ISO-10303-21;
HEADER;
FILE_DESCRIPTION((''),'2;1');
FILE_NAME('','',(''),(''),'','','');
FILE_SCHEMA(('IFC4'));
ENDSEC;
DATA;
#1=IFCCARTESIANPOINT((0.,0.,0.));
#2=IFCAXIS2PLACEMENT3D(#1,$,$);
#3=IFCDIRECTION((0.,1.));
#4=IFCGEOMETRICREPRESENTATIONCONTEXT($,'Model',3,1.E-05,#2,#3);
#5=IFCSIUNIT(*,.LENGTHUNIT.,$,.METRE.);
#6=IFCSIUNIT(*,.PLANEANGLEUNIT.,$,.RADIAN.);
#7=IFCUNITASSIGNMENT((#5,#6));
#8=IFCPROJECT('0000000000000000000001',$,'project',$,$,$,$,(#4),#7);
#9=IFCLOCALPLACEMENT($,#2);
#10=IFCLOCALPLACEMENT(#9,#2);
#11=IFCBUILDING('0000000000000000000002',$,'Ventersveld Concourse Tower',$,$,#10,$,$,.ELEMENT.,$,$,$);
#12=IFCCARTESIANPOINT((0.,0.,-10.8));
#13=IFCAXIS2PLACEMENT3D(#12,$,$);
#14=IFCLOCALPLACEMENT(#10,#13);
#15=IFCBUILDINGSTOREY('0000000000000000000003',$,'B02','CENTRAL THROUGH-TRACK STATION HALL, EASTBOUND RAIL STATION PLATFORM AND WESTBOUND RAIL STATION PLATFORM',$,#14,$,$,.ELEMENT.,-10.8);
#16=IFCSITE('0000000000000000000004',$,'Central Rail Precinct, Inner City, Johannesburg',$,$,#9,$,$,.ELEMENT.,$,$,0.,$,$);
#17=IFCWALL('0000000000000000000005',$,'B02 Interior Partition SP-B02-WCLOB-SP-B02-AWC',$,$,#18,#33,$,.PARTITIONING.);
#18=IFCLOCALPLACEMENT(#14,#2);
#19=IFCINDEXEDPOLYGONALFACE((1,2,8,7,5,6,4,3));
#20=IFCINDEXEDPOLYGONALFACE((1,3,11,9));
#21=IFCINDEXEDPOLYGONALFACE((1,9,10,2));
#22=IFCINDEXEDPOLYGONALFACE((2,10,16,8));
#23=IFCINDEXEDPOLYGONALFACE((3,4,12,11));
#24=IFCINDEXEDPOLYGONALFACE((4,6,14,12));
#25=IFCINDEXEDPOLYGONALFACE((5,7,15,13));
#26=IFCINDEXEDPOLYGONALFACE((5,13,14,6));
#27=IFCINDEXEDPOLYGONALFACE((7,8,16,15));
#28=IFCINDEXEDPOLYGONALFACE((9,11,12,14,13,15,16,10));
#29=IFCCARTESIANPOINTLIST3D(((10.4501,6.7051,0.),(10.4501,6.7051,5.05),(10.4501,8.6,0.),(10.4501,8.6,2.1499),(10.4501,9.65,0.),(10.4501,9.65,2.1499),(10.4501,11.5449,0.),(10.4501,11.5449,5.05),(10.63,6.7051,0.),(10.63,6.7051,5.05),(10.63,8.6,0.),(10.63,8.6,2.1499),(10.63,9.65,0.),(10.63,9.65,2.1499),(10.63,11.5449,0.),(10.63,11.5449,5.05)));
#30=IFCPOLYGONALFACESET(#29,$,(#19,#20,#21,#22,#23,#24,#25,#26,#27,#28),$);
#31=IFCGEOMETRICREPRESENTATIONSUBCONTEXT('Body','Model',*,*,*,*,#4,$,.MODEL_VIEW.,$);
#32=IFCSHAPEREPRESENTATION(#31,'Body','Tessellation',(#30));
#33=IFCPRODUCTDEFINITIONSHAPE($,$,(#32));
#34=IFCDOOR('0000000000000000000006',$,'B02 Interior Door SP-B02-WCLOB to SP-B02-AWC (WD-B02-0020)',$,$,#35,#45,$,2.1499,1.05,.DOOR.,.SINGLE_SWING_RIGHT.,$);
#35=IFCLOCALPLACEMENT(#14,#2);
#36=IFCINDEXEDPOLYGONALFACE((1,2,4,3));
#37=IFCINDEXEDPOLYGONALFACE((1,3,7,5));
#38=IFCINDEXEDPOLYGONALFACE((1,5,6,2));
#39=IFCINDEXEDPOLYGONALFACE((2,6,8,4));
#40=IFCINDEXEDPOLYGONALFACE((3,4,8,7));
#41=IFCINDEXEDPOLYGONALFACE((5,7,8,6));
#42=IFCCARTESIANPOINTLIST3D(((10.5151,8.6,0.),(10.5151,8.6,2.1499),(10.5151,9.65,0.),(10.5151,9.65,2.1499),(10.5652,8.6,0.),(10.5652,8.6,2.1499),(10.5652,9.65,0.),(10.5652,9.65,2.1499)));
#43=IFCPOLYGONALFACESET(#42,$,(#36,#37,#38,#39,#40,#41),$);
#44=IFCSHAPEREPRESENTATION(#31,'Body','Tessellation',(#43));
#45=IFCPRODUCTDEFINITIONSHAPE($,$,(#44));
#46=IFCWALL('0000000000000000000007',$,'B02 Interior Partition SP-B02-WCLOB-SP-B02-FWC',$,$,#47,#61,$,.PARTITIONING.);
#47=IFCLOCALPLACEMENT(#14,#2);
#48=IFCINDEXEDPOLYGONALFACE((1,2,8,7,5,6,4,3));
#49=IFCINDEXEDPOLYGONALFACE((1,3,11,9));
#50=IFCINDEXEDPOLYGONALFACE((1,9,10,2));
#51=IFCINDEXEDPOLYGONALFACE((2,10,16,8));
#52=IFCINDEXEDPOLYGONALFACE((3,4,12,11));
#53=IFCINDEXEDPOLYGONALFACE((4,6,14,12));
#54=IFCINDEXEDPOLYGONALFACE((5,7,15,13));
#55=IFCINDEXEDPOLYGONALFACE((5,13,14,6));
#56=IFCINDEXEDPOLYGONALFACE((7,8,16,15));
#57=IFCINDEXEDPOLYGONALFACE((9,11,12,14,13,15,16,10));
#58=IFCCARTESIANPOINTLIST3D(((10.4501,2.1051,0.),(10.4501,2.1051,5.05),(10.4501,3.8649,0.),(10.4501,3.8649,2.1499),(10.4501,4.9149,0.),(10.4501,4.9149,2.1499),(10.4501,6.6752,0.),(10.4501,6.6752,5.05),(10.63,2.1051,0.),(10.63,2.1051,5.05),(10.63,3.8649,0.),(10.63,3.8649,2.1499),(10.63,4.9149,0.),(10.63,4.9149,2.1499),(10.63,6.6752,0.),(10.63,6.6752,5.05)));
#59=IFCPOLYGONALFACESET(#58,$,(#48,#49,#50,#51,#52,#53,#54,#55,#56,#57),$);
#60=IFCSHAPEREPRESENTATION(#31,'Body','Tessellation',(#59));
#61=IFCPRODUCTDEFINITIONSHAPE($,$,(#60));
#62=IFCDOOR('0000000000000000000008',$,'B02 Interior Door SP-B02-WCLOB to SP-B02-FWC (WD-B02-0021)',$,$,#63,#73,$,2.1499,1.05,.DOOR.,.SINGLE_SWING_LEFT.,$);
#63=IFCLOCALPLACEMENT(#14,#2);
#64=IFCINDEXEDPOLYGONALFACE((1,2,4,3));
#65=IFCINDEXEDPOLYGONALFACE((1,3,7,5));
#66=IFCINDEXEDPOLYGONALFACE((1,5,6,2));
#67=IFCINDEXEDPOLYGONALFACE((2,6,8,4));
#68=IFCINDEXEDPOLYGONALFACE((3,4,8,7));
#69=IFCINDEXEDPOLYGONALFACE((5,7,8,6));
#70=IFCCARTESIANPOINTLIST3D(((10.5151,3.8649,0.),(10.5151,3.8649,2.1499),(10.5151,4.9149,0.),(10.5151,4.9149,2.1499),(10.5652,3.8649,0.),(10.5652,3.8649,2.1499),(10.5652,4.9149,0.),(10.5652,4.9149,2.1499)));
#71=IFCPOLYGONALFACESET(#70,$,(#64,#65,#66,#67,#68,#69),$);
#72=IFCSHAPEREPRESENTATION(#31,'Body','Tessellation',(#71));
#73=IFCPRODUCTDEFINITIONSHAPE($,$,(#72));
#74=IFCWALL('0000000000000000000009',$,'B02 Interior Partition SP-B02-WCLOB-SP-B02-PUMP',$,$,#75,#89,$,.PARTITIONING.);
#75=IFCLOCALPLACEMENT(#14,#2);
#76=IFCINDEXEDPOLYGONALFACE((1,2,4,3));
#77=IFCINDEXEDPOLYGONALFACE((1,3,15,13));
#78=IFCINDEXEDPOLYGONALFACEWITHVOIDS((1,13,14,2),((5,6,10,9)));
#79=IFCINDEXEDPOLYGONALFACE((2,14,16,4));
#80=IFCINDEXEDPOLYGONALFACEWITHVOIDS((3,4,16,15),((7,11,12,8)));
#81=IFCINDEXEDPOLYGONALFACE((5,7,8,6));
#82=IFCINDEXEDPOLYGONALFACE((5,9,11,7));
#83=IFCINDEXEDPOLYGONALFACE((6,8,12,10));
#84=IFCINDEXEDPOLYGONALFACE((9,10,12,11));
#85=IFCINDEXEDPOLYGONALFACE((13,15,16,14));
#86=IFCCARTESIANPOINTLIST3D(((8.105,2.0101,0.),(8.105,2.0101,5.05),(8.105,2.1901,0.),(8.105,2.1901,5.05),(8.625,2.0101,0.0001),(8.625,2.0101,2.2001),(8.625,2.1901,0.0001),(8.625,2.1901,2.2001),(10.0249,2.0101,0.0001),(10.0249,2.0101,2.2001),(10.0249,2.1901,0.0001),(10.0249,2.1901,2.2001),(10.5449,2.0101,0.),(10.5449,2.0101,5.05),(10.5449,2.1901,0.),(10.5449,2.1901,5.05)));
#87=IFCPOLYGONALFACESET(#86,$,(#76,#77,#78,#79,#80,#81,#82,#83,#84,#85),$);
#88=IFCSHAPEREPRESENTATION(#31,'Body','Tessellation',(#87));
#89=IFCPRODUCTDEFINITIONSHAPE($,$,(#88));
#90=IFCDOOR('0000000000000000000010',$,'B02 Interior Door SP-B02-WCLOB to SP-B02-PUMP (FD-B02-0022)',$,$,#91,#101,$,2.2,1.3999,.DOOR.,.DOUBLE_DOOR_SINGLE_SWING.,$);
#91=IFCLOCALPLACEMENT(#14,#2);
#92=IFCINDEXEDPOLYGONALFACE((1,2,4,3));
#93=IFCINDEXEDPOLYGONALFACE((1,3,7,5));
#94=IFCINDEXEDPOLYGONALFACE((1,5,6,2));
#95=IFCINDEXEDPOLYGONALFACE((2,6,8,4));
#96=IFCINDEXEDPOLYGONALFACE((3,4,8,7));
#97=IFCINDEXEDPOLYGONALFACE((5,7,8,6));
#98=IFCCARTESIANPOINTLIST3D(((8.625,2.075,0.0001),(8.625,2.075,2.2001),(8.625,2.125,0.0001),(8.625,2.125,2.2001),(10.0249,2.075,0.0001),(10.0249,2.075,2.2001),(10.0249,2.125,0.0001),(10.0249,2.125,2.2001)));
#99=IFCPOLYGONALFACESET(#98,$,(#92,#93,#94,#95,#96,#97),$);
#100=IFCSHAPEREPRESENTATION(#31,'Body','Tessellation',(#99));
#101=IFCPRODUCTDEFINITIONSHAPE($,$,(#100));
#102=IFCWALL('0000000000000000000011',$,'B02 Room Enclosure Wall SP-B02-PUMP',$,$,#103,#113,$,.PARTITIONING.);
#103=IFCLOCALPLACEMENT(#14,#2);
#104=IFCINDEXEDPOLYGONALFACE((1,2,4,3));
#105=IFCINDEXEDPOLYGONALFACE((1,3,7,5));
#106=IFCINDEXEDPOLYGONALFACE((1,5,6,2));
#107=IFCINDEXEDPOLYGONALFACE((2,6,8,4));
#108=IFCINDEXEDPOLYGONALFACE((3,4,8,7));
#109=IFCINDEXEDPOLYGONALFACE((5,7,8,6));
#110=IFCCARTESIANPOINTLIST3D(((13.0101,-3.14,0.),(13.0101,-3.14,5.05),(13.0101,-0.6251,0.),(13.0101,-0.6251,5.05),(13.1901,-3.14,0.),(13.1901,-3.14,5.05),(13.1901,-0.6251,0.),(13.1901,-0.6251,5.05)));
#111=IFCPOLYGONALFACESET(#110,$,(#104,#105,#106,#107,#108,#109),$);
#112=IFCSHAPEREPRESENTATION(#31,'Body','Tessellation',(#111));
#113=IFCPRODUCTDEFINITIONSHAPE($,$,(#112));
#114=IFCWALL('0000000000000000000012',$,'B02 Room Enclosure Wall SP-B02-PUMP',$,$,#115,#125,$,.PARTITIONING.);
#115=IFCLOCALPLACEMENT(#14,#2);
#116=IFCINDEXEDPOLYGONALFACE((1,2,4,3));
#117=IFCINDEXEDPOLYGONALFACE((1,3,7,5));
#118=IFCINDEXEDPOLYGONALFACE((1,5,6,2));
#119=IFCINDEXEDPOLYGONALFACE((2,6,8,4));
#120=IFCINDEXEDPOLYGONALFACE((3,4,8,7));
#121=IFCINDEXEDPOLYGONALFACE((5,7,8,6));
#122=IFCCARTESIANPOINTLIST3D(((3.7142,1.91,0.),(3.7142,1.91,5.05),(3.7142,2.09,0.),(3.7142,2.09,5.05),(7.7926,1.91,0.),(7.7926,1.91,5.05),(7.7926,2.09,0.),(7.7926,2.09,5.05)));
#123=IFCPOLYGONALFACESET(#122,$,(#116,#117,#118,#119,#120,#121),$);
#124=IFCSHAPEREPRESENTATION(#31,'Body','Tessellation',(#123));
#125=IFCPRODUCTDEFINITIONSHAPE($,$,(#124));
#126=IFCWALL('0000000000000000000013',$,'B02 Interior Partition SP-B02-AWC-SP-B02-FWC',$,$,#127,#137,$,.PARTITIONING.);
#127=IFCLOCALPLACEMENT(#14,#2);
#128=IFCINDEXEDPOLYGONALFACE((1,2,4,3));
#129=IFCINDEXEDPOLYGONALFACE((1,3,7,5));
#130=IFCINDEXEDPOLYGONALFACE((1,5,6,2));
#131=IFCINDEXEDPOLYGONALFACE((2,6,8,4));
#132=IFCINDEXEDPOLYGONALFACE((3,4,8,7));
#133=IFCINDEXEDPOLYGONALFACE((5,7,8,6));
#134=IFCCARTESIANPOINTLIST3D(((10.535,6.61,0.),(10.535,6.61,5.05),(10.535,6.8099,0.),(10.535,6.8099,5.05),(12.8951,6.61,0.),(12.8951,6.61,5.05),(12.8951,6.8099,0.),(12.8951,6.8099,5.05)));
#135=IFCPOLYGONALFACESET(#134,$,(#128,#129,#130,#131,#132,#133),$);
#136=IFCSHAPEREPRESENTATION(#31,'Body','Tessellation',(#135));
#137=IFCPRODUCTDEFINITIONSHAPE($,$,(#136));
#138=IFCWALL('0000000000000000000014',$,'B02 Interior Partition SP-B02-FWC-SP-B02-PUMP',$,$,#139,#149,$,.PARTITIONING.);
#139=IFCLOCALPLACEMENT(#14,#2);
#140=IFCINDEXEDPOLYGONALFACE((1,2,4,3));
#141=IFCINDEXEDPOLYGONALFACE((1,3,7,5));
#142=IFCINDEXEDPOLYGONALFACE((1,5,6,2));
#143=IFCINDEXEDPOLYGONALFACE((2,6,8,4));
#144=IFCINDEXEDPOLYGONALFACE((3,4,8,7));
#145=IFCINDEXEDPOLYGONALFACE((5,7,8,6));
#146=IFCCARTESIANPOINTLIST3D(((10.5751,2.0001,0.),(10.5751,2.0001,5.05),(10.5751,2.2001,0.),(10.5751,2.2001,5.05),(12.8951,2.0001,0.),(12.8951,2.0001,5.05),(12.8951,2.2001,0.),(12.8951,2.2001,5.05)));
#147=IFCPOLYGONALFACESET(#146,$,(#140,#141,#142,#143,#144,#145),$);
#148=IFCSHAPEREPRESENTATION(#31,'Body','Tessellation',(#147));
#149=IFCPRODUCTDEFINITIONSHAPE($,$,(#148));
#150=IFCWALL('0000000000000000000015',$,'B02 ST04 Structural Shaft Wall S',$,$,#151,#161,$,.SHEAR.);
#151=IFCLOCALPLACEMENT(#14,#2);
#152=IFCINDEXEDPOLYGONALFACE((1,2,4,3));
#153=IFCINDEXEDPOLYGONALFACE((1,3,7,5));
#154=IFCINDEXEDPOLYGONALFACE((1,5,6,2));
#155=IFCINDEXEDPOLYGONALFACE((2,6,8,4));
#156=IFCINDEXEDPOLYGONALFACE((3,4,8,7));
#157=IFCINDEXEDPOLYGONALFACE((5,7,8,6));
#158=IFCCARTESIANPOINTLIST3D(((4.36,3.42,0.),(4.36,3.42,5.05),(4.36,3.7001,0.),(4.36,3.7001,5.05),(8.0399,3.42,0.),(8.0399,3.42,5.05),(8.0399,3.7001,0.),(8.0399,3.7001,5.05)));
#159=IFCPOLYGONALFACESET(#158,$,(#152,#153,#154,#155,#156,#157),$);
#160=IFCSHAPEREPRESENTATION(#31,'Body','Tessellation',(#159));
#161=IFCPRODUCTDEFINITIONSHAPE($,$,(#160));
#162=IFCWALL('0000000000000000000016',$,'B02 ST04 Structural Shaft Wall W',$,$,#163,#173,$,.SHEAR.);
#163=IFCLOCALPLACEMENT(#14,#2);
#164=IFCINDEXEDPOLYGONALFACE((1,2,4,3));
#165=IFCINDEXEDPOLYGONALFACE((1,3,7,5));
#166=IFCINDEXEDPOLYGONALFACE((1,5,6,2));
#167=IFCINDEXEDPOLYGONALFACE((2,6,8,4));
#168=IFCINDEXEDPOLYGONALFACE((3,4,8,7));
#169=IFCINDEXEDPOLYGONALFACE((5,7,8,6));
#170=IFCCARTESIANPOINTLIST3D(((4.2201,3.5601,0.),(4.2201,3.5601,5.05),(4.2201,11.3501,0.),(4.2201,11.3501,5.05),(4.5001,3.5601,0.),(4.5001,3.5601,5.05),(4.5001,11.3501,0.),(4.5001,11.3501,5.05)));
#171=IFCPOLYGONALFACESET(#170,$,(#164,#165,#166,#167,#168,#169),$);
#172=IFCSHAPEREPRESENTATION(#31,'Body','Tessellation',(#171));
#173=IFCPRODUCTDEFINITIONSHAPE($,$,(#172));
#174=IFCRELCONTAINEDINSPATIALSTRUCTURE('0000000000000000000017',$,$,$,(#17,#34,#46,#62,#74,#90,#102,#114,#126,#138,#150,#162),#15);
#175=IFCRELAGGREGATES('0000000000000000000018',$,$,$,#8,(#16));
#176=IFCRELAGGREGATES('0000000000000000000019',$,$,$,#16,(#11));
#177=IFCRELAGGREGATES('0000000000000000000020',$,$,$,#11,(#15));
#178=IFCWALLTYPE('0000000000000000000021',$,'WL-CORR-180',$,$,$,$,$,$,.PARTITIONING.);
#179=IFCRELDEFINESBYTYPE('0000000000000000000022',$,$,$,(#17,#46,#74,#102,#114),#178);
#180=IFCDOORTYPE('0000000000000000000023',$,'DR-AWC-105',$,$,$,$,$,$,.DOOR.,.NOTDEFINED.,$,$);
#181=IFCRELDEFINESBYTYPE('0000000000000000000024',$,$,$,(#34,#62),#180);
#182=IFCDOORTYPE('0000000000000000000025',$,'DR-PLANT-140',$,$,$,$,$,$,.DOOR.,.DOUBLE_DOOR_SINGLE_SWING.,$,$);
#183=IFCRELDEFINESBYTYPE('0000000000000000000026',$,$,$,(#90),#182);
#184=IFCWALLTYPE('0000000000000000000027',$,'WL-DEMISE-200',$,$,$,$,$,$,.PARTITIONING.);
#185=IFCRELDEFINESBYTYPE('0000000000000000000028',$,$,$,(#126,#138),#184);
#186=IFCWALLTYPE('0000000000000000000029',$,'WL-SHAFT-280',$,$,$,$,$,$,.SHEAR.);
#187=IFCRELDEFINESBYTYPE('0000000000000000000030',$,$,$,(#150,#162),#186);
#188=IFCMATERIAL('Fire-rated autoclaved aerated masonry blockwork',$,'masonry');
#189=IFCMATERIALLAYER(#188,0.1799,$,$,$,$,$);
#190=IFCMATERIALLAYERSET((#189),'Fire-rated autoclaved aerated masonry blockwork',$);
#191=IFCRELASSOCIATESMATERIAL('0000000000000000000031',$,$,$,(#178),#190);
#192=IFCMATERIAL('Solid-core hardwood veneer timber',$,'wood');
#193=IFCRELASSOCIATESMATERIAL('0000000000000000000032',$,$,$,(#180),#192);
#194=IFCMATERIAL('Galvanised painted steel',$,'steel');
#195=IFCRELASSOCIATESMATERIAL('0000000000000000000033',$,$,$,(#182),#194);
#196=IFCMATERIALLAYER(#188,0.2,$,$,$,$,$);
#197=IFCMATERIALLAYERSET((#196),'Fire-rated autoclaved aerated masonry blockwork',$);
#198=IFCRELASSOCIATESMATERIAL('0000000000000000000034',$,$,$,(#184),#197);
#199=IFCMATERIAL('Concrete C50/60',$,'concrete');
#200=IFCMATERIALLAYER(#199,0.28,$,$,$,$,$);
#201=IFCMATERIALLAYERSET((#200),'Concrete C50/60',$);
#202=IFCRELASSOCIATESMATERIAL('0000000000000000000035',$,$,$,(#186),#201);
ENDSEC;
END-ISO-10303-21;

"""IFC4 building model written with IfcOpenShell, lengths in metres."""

from ifc_helpers import new_model, si_unit, direction, frame, frame_2d, origin, place, context, subcontext, project, spatial, rectangle, extrude, material, layer, layer_set, type_object, element, fill, save


model = new_model("IFC4")

# Units and contexts
model_context = context("Model", 3, precision=1e-05, world=origin(), true_north=direction((0.0, 1.0)))
body_context = subcontext(model_context, "Body", "Model", "MODEL_VIEW")
ifc_project = project(units=[si_unit("LENGTHUNIT", "METRE"), si_unit("PLANEANGLEUNIT", "RADIAN")], contexts=[model_context])

# Site, building, storey
site_placement = place(None, origin())
site = spatial("IfcSite", under=ifc_project, at=site_placement, Name="Central Rail Precinct, Inner City, Johannesburg", CompositionType="ELEMENT", RefElevation=0.0)
building_placement = place(site_placement, origin())
building = spatial("IfcBuilding", under=site, at=building_placement, Name="Ventersveld Concourse Tower", CompositionType="ELEMENT")
storey_placement = place(building_placement, frame((0.0, 0.0, -10.8)))
storey = spatial("IfcBuildingStorey", under=building, at=storey_placement, Name="B02", Description="CENTRAL THROUGH-TRACK STATION HALL, EASTBOUND RAIL STATION PLATFORM AND WESTBOUND RAIL STATION PLATFORM", CompositionType="ELEMENT", Elevation=-10.8)

# Shared definitions
ifc_material_1 = material(Name="Concrete C50/60", Category="concrete")

# Walls, openings, doors
ifc_material_2 = material(Name="Fire-rated autoclaved aerated masonry blockwork", Category="masonry")
ifc_layer_1 = layer(ifc_material_2, 0.1799)
ifc_layer_set_1 = layer_set([ifc_layer_1], Name="Fire-rated autoclaved aerated masonry blockwork")
wall_type_1 = type_object("IfcWallType", Name="WL-CORR-180", PredefinedType="PARTITIONING", material=ifc_layer_set_1)
wall_1_placement = place(storey_placement, frame((10.54, 6.7051, 0.0), z_axis=(0.0, 0.0, 1.0), x_axis=(0.0, 1.0, 0.0)))
wall_1 = element("IfcWall", 1, at=wall_1_placement, inside=storey, type_object=wall_type_1, Name="B02 Interior Partition SP-B02-WCLOB-SP-B02-AWC", PredefinedType="PARTITIONING", context=body_context, shape_type="SweptSolid", body=[
    extrude(rectangle(XDim=4.8398, YDim=0.1799, at=frame_2d((2.4199, 0.0))), origin(), (0.0, 0.0, 1.0), 5.05),
])
opening_1_placement = place(wall_1_placement, frame((1.895, 0.0, 0.0)))
opening_1 = element("IfcOpeningElement", 2, at=opening_1_placement, cuts=wall_1, PredefinedType="OPENING", context=body_context, shape_type="SweptSolid", body=[
    extrude(rectangle(XDim=1.05, YDim=2.1499, at=frame_2d((0.5249, 1.075))), frame((0.0, 0.1001, 0.0), z_axis=(0.0, -1.0, 0.0), x_axis=(1.0, 0.0, 0.0)), (0.0, 0.0, 1.0), 0.2),
])
ifc_material_3 = material(Name="Solid-core hardwood veneer timber", Category="wood")
door_type_1 = type_object("IfcDoorType", Name="DR-AWC-105", OperationType="NOTDEFINED", PredefinedType="DOOR", material=ifc_material_3)
door_1_placement = place(opening_1_placement, origin())
door_1 = element("IfcDoor", 3, at=door_1_placement, inside=storey, type_object=door_type_1, Name="B02 Interior Door SP-B02-WCLOB to SP-B02-AWC (WD-B02-0020)", OperationType="SINGLE_SWING_RIGHT", OverallHeight=2.1499, OverallWidth=1.05, PredefinedType="DOOR", context=body_context, shape_type="SweptSolid", body=[
    extrude(rectangle(XDim=1.05, YDim=2.1499, at=frame_2d((0.5249, 1.075))), frame((0.0, 0.0249, 0.0), z_axis=(0.0, -1.0, 0.0), x_axis=(1.0, 0.0, 0.0)), (0.0, 0.0, 1.0), 0.05),
])
fill(opening_1, door_1)
wall_2_placement = place(storey_placement, frame((10.54, 2.105, 0.0), z_axis=(0.0, 0.0, 1.0), x_axis=(0.0, 1.0, 0.0)))
wall_2 = element("IfcWall", 4, at=wall_2_placement, inside=storey, type_object=wall_type_1, Name="B02 Interior Partition SP-B02-WCLOB-SP-B02-FWC", PredefinedType="PARTITIONING", context=body_context, shape_type="SweptSolid", body=[
    extrude(rectangle(XDim=4.5701, YDim=0.1799, at=frame_2d((2.2852, 0.0))), origin(), (0.0, 0.0, 1.0), 5.05),
])
opening_2_placement = place(wall_2_placement, frame((1.76, 0.0, 0.0)))
opening_2 = element("IfcOpeningElement", 5, at=opening_2_placement, cuts=wall_2, PredefinedType="OPENING", context=body_context, shape_type="SweptSolid", body=[
    extrude(rectangle(XDim=1.05, YDim=2.1499, at=frame_2d((0.5249, 1.075))), frame((0.0, 0.1001, 0.0), z_axis=(0.0, -1.0, 0.0), x_axis=(1.0, 0.0, 0.0)), (0.0, 0.0, 1.0), 0.2),
])
door_2_placement = place(opening_2_placement, origin())
door_2 = element("IfcDoor", 6, at=door_2_placement, inside=storey, type_object=door_type_1, Name="B02 Interior Door SP-B02-WCLOB to SP-B02-FWC (WD-B02-0021)", OperationType="SINGLE_SWING_LEFT", OverallHeight=2.1499, OverallWidth=1.05, PredefinedType="DOOR", context=body_context, shape_type="SweptSolid", body=[
    extrude(rectangle(XDim=1.05, YDim=2.1499, at=frame_2d((0.5249, 1.075))), frame((0.0, 0.0249, 0.0), z_axis=(0.0, -1.0, 0.0), x_axis=(1.0, 0.0, 0.0)), (0.0, 0.0, 1.0), 0.05),
])
fill(opening_2, door_2)
wall_3_placement = place(storey_placement, frame((8.105, 2.1001, 0.0), z_axis=(0.0, 0.0, 1.0), x_axis=(1.0, 0.0, 0.0)))
wall_3 = element("IfcWall", 7, at=wall_3_placement, inside=storey, type_object=wall_type_1, Name="B02 Interior Partition SP-B02-WCLOB-SP-B02-PUMP", PredefinedType="PARTITIONING", context=body_context, shape_type="SweptSolid", body=[
    extrude(rectangle(XDim=2.4399, YDim=0.1799, at=frame_2d((1.22, 0.0))), origin(), (0.0, 0.0, 1.0), 5.05),
])
opening_3_placement = place(wall_3_placement, frame((0.52, 0.0, 0.0)))
opening_3 = element("IfcOpeningElement", 8, at=opening_3_placement, cuts=wall_3, PredefinedType="OPENING", context=body_context, shape_type="SweptSolid", body=[
    extrude(rectangle(XDim=1.3999, YDim=2.2, at=frame_2d((0.7, 1.1001))), frame((0.0, 0.1001, 0.0), z_axis=(0.0, -1.0, 0.0), x_axis=(1.0, 0.0, 0.0)), (0.0, 0.0, 1.0), 0.2),
])
ifc_material_4 = material(Name="Galvanised painted steel", Category="steel")
door_type_2 = type_object("IfcDoorType", Name="DR-PLANT-140", OperationType="DOUBLE_DOOR_SINGLE_SWING", PredefinedType="DOOR", material=ifc_material_4)
door_3_placement = place(opening_3_placement, origin())
door_3 = element("IfcDoor", 9, at=door_3_placement, inside=storey, type_object=door_type_2, Name="B02 Interior Door SP-B02-WCLOB to SP-B02-PUMP (FD-B02-0022)", OperationType="DOUBLE_DOOR_SINGLE_SWING", OverallHeight=2.2, OverallWidth=1.3999, PredefinedType="DOOR", context=body_context, shape_type="SweptSolid", body=[
    extrude(rectangle(XDim=1.3999, YDim=2.2, at=frame_2d((0.7, 1.1001))), frame((0.0, 0.0249, 0.0), z_axis=(0.0, -1.0, 0.0), x_axis=(1.0, 0.0, 0.0)), (0.0, 0.0, 1.0), 0.05),
])
fill(opening_3, door_3)

# Walls
wall_4_placement = place(storey_placement, frame((13.1001, -3.1399, 0.0), z_axis=(0.0, 0.0, 1.0), x_axis=(0.0, 1.0, 0.0)))
element("IfcWall", 10, at=wall_4_placement, inside=storey, type_object=wall_type_1, Name="B02 Room Enclosure Wall SP-B02-PUMP", PredefinedType="PARTITIONING", context=body_context, shape_type="SweptSolid", body=[
    extrude(rectangle(XDim=2.5149, YDim=0.1799, at=frame_2d((1.2573, 0.0))), origin(), (0.0, 0.0, 1.0), 5.05),
])
wall_5_placement = place(storey_placement, frame((7.7925, 2.0, 0.0), z_axis=(0.0, 0.0, 1.0), x_axis=(-1.0, 0.0, 0.0)))
element("IfcWall", 11, at=wall_5_placement, inside=storey, type_object=wall_type_1, Name="B02 Room Enclosure Wall SP-B02-PUMP", PredefinedType="PARTITIONING", context=body_context, shape_type="SweptSolid", body=[
    extrude(rectangle(XDim=4.0784, YDim=0.1799, at=frame_2d((2.0391, 0.0))), origin(), (0.0, 0.0, 1.0), 5.05),
])
ifc_layer_2 = layer(ifc_material_2, 0.2)
ifc_layer_set_2 = layer_set([ifc_layer_2], Name="Fire-rated autoclaved aerated masonry blockwork")
wall_type_2 = type_object("IfcWallType", Name="WL-DEMISE-200", PredefinedType="PARTITIONING", material=ifc_layer_set_2)
wall_6_placement = place(storey_placement, frame((10.5349, 6.71, 0.0), z_axis=(0.0, 0.0, 1.0), x_axis=(1.0, 0.0, 0.0)))
element("IfcWall", 12, at=wall_6_placement, inside=storey, type_object=wall_type_2, Name="B02 Interior Partition SP-B02-AWC-SP-B02-FWC", PredefinedType="PARTITIONING", context=body_context, shape_type="SweptSolid", body=[
    extrude(rectangle(XDim=2.3601, YDim=0.2, at=frame_2d((1.1802, 0.0))), origin(), (0.0, 0.0, 1.0), 5.05),
])
wall_7_placement = place(storey_placement, frame((10.575, 2.1001, 0.0), z_axis=(0.0, 0.0, 1.0), x_axis=(1.0, 0.0, 0.0)))
element("IfcWall", 13, at=wall_7_placement, inside=storey, type_object=wall_type_2, Name="B02 Interior Partition SP-B02-FWC-SP-B02-PUMP", PredefinedType="PARTITIONING", context=body_context, shape_type="SweptSolid", body=[
    extrude(rectangle(XDim=2.3201, YDim=0.2, at=frame_2d((1.1602, 0.0))), origin(), (0.0, 0.0, 1.0), 5.05),
])
ifc_layer_3 = layer(ifc_material_1, 0.28)
ifc_layer_set_3 = layer_set([ifc_layer_3], Name="Concrete C50/60")
wall_type_3 = type_object("IfcWallType", Name="WL-SHAFT-280", PredefinedType="SHEAR", material=ifc_layer_set_3)
wall_8_placement = place(storey_placement, frame((4.3601, 3.5601, 0.0), z_axis=(0.0, 0.0, 1.0), x_axis=(1.0, 0.0, 0.0)))
element("IfcWall", 14, at=wall_8_placement, inside=storey, type_object=wall_type_3, Name="B02 ST04 Structural Shaft Wall S", PredefinedType="SHEAR", context=body_context, shape_type="SweptSolid", body=[
    extrude(rectangle(XDim=3.6799, YDim=0.28, at=frame_2d((1.8398, 0.0))), origin(), (0.0, 0.0, 1.0), 5.05),
])
for number, where, z_axis, x_axis, name in (
    (15, (4.3601, 3.5601, 0.0), (0.0, 0.0, 1.0), (0.0, 1.0, 0.0), "B02 ST04 Structural Shaft Wall W"),
):
    element("IfcWall", number, at=place(storey_placement, frame(where, z_axis=z_axis, x_axis=x_axis)), inside=storey, type_object=wall_type_3, Name=name, PredefinedType="SHEAR", context=body_context, shape_type="SweptSolid", body=[
        extrude(rectangle(XDim=7.79, YDim=0.28, at=frame_2d((3.895, 0.0))), origin(), (0.0, 0.0, 1.0), 5.05),
    ])

save(model, "model.ifc")
